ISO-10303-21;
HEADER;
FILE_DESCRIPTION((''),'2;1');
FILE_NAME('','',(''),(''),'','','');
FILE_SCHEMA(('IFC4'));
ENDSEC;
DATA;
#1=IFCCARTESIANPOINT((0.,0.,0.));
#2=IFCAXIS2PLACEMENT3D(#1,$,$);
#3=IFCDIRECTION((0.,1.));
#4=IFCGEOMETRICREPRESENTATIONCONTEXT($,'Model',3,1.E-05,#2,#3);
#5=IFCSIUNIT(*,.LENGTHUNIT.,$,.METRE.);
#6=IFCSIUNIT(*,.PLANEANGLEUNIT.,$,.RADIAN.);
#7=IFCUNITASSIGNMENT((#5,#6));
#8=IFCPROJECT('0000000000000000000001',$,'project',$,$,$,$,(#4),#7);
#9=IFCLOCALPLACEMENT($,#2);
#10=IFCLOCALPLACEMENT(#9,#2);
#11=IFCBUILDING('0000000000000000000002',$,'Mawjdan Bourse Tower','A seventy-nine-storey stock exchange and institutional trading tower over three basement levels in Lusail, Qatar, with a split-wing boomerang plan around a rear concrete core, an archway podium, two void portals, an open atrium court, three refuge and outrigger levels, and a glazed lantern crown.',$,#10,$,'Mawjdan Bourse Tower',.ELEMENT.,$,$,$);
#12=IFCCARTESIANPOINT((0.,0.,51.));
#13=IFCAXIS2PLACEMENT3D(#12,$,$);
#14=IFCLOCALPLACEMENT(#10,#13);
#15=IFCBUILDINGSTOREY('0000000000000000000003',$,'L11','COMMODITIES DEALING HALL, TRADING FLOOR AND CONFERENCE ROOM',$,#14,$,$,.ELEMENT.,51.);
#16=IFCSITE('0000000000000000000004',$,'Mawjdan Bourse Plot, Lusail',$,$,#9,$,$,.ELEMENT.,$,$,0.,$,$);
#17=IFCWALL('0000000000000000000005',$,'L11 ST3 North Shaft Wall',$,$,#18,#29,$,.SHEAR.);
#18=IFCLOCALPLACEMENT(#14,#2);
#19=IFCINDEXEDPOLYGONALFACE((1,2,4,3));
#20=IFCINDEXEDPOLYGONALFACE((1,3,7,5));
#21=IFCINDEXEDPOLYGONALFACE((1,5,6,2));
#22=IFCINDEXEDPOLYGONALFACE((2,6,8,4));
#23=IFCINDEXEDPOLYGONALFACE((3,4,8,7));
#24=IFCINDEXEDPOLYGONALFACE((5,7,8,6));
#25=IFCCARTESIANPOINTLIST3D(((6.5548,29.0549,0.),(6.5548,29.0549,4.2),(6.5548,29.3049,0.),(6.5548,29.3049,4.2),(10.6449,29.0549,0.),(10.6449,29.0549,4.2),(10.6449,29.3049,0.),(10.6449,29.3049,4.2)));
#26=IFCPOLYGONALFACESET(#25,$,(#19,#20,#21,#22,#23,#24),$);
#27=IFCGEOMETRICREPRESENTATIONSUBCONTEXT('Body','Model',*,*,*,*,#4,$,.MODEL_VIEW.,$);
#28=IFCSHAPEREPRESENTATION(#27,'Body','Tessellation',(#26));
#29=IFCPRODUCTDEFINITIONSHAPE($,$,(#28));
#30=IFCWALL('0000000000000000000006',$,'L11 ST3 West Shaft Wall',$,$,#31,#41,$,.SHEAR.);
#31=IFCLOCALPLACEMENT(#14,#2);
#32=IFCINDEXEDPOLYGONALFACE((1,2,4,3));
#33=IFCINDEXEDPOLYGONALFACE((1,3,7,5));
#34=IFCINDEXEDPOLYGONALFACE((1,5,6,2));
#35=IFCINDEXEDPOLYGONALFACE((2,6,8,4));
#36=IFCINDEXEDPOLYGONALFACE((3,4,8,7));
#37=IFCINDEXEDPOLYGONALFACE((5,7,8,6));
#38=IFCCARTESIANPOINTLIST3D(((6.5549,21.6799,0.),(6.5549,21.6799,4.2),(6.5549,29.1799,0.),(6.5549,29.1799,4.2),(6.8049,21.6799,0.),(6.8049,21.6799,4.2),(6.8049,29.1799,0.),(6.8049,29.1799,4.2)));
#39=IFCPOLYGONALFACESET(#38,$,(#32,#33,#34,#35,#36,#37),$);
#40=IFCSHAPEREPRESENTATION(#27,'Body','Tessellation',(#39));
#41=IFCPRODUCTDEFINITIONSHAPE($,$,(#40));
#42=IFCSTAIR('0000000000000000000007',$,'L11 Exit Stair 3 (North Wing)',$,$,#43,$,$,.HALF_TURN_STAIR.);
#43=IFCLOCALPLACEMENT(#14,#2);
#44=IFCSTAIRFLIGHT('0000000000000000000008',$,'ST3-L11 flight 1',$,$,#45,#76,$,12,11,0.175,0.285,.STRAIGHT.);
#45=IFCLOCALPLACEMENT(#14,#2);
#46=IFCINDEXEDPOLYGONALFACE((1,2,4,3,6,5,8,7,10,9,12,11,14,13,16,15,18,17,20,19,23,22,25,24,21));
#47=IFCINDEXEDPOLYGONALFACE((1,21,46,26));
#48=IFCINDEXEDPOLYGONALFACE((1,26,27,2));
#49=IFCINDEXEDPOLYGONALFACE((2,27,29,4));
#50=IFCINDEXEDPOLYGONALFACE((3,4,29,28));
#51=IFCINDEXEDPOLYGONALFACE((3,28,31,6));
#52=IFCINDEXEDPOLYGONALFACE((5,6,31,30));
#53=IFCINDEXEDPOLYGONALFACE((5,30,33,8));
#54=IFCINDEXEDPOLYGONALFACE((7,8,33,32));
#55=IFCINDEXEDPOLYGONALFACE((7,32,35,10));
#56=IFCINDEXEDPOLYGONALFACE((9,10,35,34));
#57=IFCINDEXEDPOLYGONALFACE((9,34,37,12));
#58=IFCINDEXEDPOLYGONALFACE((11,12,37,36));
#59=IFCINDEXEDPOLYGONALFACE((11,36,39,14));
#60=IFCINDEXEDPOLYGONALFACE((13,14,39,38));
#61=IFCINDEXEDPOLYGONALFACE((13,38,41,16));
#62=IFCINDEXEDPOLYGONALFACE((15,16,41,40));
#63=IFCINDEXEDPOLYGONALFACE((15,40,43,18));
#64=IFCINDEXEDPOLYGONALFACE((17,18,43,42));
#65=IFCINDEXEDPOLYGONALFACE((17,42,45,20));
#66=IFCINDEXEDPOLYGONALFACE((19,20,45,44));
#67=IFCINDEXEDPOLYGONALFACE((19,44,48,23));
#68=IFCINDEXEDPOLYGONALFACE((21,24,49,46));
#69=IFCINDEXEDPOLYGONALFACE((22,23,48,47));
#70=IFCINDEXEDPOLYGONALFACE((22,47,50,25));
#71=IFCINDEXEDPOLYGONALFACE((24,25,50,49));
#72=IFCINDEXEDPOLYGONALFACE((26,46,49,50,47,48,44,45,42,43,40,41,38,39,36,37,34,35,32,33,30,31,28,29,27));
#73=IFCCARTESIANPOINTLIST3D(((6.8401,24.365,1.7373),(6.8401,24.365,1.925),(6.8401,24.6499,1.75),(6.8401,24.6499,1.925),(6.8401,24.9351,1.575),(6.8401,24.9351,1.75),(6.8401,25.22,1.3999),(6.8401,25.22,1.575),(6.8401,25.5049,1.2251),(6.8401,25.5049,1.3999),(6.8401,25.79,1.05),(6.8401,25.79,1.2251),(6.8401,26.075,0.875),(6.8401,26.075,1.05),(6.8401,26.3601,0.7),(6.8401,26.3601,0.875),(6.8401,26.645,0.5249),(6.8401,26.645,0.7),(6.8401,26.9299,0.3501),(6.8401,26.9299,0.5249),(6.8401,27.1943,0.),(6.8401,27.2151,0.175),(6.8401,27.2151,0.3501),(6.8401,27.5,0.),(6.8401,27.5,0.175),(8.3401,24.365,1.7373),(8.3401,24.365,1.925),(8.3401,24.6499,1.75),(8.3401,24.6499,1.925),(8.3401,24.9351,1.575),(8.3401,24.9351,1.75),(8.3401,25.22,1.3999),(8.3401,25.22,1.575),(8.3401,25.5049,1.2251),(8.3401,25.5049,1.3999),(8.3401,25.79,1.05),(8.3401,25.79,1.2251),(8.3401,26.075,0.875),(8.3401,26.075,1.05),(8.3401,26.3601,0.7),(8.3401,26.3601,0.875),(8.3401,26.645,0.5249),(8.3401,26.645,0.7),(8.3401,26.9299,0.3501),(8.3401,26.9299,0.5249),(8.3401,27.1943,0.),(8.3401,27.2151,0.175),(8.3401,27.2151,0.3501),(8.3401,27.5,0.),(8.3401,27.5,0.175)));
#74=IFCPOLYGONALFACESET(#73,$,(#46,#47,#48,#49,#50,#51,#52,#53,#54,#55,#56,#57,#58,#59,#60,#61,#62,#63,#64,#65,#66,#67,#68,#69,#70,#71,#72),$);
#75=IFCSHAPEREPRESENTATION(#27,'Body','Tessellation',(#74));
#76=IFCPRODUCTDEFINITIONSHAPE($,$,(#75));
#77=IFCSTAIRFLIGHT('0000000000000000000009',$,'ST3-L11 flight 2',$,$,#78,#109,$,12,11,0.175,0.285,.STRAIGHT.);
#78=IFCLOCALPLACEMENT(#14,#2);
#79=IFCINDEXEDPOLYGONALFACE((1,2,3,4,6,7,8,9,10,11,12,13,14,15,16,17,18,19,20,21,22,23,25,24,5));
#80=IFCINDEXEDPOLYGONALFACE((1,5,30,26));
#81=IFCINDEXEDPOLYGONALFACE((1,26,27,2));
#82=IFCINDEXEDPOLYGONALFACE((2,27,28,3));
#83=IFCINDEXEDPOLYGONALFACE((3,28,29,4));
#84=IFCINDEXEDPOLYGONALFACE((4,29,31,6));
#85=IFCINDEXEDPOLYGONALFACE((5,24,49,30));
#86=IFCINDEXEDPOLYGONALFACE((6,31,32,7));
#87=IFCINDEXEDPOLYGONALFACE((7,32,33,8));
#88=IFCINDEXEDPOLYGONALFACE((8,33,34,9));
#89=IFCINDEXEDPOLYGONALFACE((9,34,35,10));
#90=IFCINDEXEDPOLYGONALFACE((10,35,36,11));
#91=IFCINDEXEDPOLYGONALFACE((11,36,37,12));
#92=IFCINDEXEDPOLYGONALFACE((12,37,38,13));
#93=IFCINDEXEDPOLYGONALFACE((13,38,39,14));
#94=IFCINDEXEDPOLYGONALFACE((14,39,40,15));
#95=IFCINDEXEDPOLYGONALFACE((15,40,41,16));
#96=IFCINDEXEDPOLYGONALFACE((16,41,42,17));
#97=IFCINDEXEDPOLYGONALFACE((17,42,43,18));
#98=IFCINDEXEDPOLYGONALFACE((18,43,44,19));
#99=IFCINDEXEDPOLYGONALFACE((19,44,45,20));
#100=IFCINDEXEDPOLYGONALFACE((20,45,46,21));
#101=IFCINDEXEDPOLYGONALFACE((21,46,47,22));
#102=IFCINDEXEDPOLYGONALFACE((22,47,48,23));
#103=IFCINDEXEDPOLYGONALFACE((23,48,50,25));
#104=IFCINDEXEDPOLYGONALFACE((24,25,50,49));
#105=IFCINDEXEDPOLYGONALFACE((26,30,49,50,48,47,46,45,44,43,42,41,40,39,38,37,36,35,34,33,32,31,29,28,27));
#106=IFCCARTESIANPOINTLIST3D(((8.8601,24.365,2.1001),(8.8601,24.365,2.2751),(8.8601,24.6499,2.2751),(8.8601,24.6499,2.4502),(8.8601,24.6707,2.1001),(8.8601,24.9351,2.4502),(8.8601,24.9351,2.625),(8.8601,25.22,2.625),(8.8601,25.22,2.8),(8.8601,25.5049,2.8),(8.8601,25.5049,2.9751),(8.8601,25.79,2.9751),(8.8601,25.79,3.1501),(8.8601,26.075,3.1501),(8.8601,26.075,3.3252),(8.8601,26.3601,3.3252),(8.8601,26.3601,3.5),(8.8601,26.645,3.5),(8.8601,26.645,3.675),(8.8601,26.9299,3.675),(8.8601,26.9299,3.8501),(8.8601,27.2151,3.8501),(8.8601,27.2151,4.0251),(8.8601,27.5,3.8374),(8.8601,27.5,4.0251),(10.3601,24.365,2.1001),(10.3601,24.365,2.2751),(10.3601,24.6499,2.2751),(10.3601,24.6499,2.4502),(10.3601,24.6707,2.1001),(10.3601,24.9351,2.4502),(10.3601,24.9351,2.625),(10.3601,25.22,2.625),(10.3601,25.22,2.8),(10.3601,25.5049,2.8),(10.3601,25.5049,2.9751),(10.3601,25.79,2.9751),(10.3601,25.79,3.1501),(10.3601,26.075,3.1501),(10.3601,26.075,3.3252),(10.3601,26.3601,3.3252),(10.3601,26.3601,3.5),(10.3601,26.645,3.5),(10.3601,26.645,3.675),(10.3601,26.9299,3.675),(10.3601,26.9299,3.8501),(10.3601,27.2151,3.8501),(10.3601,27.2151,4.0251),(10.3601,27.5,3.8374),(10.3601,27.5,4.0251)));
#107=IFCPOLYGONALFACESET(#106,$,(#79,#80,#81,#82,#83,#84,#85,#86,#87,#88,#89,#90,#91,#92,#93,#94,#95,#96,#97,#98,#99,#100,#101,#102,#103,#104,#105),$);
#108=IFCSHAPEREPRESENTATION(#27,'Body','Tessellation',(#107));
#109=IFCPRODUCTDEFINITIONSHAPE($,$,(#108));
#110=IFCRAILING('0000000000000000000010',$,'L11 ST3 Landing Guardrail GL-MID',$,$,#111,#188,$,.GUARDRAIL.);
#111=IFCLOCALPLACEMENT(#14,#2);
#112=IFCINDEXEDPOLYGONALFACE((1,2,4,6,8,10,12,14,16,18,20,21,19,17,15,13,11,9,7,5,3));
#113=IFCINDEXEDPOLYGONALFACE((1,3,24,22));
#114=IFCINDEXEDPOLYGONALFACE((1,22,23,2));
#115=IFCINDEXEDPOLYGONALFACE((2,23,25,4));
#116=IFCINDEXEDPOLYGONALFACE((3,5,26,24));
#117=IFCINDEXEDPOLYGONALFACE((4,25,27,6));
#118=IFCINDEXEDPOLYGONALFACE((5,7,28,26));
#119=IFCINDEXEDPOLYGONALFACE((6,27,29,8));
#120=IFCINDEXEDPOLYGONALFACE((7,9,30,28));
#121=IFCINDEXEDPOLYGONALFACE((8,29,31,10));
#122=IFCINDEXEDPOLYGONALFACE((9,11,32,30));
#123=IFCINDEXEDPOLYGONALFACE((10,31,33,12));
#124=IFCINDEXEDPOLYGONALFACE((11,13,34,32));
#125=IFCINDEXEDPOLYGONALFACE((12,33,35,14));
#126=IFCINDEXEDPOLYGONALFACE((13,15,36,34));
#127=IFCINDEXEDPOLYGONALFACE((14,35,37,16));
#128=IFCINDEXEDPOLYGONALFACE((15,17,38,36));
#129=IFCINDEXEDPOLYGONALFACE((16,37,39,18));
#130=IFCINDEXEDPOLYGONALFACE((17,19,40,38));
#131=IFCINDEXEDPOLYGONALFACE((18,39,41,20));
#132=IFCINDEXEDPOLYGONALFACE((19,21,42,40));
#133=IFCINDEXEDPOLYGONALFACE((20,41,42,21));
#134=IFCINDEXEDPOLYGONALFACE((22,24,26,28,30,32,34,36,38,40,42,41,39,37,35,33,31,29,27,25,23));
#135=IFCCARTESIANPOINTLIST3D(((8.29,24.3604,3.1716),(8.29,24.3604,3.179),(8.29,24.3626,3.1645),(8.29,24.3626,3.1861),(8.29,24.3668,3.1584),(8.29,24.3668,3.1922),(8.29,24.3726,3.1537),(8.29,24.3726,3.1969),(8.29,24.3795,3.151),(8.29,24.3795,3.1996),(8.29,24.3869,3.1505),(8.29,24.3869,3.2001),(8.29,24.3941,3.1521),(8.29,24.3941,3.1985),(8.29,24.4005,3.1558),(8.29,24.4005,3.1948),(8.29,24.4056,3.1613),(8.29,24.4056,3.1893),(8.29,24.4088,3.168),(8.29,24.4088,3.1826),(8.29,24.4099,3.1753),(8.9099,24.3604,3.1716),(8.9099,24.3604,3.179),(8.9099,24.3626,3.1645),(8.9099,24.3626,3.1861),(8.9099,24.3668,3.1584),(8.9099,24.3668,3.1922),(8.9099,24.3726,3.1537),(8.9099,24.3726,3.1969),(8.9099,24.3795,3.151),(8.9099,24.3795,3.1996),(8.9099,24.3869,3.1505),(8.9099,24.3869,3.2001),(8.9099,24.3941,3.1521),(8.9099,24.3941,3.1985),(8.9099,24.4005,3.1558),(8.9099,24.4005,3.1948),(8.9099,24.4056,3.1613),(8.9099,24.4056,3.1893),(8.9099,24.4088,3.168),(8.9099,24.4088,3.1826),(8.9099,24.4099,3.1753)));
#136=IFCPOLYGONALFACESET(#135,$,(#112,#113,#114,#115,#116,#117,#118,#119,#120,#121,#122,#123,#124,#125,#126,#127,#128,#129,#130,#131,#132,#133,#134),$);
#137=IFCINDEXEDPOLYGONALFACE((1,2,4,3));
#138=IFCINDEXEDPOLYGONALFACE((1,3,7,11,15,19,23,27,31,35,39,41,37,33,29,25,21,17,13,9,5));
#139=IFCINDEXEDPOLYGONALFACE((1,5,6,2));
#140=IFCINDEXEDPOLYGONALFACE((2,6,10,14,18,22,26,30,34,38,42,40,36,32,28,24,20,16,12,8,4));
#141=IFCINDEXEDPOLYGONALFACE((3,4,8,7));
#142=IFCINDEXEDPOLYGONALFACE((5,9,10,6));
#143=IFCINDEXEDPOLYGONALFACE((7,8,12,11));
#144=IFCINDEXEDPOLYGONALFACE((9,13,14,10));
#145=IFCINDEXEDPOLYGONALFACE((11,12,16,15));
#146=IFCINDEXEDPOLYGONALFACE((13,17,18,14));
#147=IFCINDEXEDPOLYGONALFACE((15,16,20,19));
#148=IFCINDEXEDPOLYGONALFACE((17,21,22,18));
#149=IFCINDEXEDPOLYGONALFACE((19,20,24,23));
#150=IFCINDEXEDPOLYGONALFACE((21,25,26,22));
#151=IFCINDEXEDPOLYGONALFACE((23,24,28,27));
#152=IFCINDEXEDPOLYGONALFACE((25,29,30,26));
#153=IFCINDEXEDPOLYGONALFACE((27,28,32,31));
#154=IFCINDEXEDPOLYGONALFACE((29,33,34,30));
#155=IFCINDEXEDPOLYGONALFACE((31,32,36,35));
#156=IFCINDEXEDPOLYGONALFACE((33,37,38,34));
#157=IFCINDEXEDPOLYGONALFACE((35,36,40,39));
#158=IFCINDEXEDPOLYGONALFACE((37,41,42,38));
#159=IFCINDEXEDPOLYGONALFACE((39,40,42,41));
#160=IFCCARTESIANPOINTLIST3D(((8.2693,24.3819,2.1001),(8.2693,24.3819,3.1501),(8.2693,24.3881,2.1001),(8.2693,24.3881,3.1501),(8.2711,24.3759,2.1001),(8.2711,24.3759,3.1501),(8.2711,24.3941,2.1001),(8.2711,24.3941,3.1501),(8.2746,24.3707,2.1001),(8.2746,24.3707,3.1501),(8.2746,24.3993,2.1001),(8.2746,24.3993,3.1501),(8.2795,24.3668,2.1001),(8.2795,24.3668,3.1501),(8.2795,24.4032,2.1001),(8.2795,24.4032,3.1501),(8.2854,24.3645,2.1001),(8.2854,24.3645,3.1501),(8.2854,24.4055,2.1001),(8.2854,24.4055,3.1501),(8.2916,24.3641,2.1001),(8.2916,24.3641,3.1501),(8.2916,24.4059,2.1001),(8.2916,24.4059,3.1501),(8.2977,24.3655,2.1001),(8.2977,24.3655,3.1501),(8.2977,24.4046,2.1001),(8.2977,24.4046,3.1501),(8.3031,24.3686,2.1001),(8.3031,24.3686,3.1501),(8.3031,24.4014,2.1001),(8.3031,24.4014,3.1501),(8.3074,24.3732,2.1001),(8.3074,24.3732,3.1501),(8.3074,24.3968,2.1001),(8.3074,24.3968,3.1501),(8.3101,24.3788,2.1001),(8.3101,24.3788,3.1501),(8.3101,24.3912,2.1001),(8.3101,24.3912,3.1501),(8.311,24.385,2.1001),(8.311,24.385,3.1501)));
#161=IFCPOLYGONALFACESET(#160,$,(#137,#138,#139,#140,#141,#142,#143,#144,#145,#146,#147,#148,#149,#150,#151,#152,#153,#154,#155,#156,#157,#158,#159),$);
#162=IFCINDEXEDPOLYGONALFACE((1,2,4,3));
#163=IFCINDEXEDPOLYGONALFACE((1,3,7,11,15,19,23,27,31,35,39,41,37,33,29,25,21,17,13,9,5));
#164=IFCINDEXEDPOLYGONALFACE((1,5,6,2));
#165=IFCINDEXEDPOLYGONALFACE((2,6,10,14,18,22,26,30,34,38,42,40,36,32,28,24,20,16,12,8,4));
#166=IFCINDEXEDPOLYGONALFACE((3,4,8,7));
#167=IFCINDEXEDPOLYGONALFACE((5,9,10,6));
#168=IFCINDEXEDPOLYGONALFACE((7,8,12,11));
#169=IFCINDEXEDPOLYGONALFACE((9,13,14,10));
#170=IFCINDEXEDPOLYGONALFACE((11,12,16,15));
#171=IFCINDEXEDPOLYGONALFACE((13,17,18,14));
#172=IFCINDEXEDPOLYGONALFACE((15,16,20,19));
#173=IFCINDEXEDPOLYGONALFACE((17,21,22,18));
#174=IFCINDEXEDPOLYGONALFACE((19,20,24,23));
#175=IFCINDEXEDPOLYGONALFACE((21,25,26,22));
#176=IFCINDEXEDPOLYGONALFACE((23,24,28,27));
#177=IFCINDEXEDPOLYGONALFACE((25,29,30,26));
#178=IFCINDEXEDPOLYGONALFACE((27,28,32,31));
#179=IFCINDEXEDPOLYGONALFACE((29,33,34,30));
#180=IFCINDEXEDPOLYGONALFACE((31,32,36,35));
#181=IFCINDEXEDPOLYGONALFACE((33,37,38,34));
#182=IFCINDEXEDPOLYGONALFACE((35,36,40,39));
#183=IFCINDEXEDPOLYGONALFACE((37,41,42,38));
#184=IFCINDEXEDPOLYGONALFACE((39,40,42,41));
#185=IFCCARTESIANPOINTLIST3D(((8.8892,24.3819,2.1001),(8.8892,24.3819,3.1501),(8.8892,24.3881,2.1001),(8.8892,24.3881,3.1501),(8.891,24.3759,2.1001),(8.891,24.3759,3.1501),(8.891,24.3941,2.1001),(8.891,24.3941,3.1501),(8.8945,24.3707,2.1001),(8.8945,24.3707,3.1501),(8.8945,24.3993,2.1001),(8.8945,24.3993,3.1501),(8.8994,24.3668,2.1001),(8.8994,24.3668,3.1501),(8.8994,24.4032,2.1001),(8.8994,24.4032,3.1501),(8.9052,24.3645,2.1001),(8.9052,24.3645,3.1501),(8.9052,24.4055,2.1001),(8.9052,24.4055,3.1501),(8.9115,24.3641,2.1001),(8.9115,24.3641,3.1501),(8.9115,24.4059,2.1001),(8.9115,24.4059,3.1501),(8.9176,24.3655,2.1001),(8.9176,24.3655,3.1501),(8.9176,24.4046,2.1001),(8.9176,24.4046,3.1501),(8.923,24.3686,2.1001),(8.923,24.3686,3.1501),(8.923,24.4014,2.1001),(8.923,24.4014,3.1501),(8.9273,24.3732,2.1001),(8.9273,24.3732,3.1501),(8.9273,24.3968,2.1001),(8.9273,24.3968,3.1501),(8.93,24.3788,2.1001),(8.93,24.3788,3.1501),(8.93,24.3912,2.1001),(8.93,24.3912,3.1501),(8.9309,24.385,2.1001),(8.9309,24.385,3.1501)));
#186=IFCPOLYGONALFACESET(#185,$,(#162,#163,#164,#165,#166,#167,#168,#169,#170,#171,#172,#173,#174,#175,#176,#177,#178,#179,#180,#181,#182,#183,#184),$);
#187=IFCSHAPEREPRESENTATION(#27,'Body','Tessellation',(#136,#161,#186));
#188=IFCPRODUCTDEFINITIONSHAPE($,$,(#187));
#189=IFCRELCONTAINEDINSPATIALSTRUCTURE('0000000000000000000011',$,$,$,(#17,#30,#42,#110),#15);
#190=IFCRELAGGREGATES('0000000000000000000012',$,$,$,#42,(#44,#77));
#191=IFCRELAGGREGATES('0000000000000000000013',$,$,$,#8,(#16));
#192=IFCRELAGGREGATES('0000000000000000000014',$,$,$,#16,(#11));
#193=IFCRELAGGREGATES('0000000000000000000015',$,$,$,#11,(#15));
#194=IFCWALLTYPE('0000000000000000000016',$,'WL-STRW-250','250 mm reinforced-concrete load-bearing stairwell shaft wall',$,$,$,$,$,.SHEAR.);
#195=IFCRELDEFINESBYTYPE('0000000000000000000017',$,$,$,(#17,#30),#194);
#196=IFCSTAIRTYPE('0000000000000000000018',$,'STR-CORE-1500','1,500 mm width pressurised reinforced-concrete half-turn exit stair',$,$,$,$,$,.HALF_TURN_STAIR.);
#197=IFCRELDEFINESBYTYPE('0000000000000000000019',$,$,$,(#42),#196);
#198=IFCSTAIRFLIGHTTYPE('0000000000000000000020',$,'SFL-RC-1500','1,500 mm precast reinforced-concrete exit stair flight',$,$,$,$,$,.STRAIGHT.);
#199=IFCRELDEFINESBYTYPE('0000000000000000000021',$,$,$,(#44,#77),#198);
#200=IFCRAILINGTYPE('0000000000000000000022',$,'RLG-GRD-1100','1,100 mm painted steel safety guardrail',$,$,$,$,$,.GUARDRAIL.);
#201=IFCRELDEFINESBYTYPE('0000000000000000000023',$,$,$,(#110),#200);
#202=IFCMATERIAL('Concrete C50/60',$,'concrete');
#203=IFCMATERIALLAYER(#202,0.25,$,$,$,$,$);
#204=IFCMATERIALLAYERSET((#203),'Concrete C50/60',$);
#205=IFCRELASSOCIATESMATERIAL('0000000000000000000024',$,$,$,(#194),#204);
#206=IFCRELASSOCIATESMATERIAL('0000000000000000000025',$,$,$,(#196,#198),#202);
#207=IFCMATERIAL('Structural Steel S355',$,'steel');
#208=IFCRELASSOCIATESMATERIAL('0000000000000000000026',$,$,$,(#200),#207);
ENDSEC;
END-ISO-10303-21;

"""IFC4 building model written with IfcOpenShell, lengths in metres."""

from ifc_helpers import new_model, si_unit, direction, frame, frame_2d, origin, origin_2d, place, context, subcontext, project, spatial, polyline, rectangle, circle, outline, extrude, material, layer, layer_set, type_object, element, aggregate, save


model = new_model("IFC4")

# Units and contexts
model_context = context("Model", 3, precision=1e-05, world=origin(), true_north=direction((0.0, 1.0)))
body_context = subcontext(model_context, "Body", "Model", "MODEL_VIEW")
ifc_project = project(units=[si_unit("LENGTHUNIT", "METRE"), si_unit("PLANEANGLEUNIT", "RADIAN")], contexts=[model_context])

# Site, building, storey
site_placement = place(None, origin())
site = spatial("IfcSite", under=ifc_project, at=site_placement, Name="Mawjdan Bourse Plot, Lusail", CompositionType="ELEMENT", RefElevation=0.0)
building_placement = place(site_placement, origin())
building = spatial("IfcBuilding", under=site, at=building_placement, Name="Mawjdan Bourse Tower", Description="A seventy-nine-storey stock exchange and institutional trading tower over three basement levels in Lusail, Qatar, with a split-wing boomerang plan around a rear concrete core, an archway podium, two void portals, an open atrium court, three refuge and outrigger levels, and a glazed lantern crown.", LongName="Mawjdan Bourse Tower", CompositionType="ELEMENT")
storey_placement = place(building_placement, frame((0.0, 0.0, 51.0)))
storey = spatial("IfcBuildingStorey", under=building, at=storey_placement, Name="L11", Description="COMMODITIES DEALING HALL, TRADING FLOOR AND CONFERENCE ROOM", CompositionType="ELEMENT", Elevation=51.0)

# Shared definitions
ifc_material_1 = material(Name="Structural Steel S355", Category="steel")

# Walls
ifc_material_2 = material(Name="Concrete C50/60", Category="concrete")
ifc_layer_1 = layer(ifc_material_2, 0.25)
ifc_layer_set_1 = layer_set([ifc_layer_1], Name="Concrete C50/60")
wall_type_1 = type_object("IfcWallType", Name="WL-STRW-250", Description="250 mm reinforced-concrete load-bearing stairwell shaft wall", PredefinedType="SHEAR", material=ifc_layer_set_1)
for number, where, z_axis, x_axis, name in (
    (1, (6.5549, 29.1799, 0.0), (0.0, 0.0, 1.0), (1.0, 0.0, 0.0), "L11 ST3 North Shaft Wall"),
):
    element("IfcWall", number, at=place(storey_placement, frame(where, z_axis=z_axis, x_axis=x_axis)), inside=storey, type_object=wall_type_1, Name=name, PredefinedType="SHEAR", context=body_context, shape_type="SweptSolid", body=[
        extrude(rectangle(XDim=4.0901, YDim=0.25, at=frame_2d((2.0449, 0.0))), origin(), (0.0, 0.0, 1.0), 4.2),
    ])
wall_1_placement = place(storey_placement, frame((6.6799, 21.6799, 0.0), z_axis=(0.0, 0.0, 1.0), x_axis=(0.0, 1.0, 0.0)))
element("IfcWall", 2, at=wall_1_placement, inside=storey, type_object=wall_type_1, Name="L11 ST3 West Shaft Wall", PredefinedType="SHEAR", context=body_context, shape_type="SweptSolid", body=[
    extrude(rectangle(XDim=7.5, YDim=0.25, at=frame_2d((3.75, 0.0))), origin(), (0.0, 0.0, 1.0), 4.2),
])

# Stair, stair flights
stair_type = type_object("IfcStairType", Name="STR-CORE-1500", Description="1,500 mm width pressurised reinforced-concrete half-turn exit stair", PredefinedType="HALF_TURN_STAIR", material=ifc_material_2)
stair_placement = place(storey_placement, origin())
stair = element("IfcStair", 3, at=stair_placement, inside=storey, type_object=stair_type, Name="L11 Exit Stair 3 (North Wing)", PredefinedType="HALF_TURN_STAIR")
stair_flight_type = type_object("IfcStairFlightType", Name="SFL-RC-1500", Description="1,500 mm precast reinforced-concrete exit stair flight", PredefinedType="STRAIGHT", material=ifc_material_2)
stair_flight_1_placement = place(storey_placement, frame((7.5901, 27.5, 0.0), z_axis=(0.0, 0.0, 1.0), x_axis=(0.0, -1.0, 0.0)))
stair_flight_1 = element("IfcStairFlight", 4, at=stair_flight_1_placement, type_object=stair_flight_type, Name="ST3-L11 flight 1", NumberOfRisers=12, NumberOfTreads=11, PredefinedType="STRAIGHT", RiserHeight=0.175, TreadLength=0.285, context=body_context, shape_type="SweptSolid", body=[
    extrude(outline(polyline([(0.0, 0.0), (0.0, 0.175), (0.2849, 0.175), (0.2849, 0.3501), (0.5701, 0.3501), (0.5701, 0.5249), (0.855, 0.5249), (0.855, 0.7), (1.1399, 0.7), (1.1399, 0.875), (1.425, 0.875), (1.425, 1.05), (1.71, 1.05), (1.71, 1.2251), (1.9951, 1.2251), (1.9951, 1.3999), (2.28, 1.3999), (2.28, 1.575), (2.5649, 1.575), (2.5649, 1.75), (2.8501, 1.75), (2.8501, 1.925), (3.135, 1.925), (3.135, 2.1001), (3.135, 1.7373), (0.3057, 0.0), (0.0, 0.0)])), frame((0.0, 0.75, 0.0), z_axis=(0.0, -1.0, 0.0), x_axis=(1.0, 0.0, 0.0)), (0.0, 0.0, 1.0), 1.5),
])
stair_flight_2_placement = place(storey_placement, frame((9.6101, 24.365, 2.1001), z_axis=(0.0, 0.0, 1.0), x_axis=(0.0, 1.0, 0.0)))
stair_flight_2 = element("IfcStairFlight", 5, at=stair_flight_2_placement, type_object=stair_flight_type, Name="ST3-L11 flight 2", NumberOfRisers=12, NumberOfTreads=11, PredefinedType="STRAIGHT", RiserHeight=0.175, TreadLength=0.285, context=body_context, shape_type="SweptSolid", body=[
    extrude(outline(polyline([(0.0, 0.0), (0.0, 0.175), (0.2849, 0.175), (0.2849, 0.3501), (0.5701, 0.3501), (0.5701, 0.5249), (0.855, 0.5249), (0.855, 0.7), (1.1399, 0.7), (1.1399, 0.875), (1.425, 0.875), (1.425, 1.05), (1.71, 1.05), (1.71, 1.2251), (1.9951, 1.2251), (1.9951, 1.3999), (2.28, 1.3999), (2.28, 1.575), (2.5649, 1.575), (2.5649, 1.75), (2.8501, 1.75), (2.8501, 1.925), (3.135, 1.925), (3.135, 2.1001), (3.135, 1.7373), (0.3057, 0.0), (0.0, 0.0)])), frame((0.0, 0.75, 0.0), z_axis=(0.0, -1.0, 0.0), x_axis=(1.0, 0.0, 0.0)), (0.0, 0.0, 1.0), 1.5),
])
aggregate(stair, [stair_flight_1, stair_flight_2])

# Railing
railing_type_1 = type_object("IfcRailingType", Name="RLG-GRD-1100", Description="1,100 mm painted steel safety guardrail", PredefinedType="GUARDRAIL", material=ifc_material_1)
for number, where, name in (
    (6, (8.29, 24.385, 2.1001), "L11 ST3 Landing Guardrail GL-MID"),
):
    element("IfcRailing", number, at=place(storey_placement, frame(where)), inside=storey, type_object=railing_type_1, Name=name, PredefinedType="GUARDRAIL", context=body_context, shape_type="SweptSolid", body=[
        extrude(circle(Radius=0.0249, at=origin_2d()), frame((0.0, 0.0, 1.0752), z_axis=(1.0, 0.0, 0.0), x_axis=(0.0, 1.0, 0.0)), (0.0, 0.0, 1.0), 0.6199),
        extrude(circle(Radius=0.021, at=origin_2d()), origin(), (0.0, 0.0, 1.0), 1.05),
        extrude(circle(Radius=0.021, at=origin_2d()), frame((0.6199, 0.0, 0.0)), (0.0, 0.0, 1.0), 1.05),
    ])

save(model, "model.ifc")
